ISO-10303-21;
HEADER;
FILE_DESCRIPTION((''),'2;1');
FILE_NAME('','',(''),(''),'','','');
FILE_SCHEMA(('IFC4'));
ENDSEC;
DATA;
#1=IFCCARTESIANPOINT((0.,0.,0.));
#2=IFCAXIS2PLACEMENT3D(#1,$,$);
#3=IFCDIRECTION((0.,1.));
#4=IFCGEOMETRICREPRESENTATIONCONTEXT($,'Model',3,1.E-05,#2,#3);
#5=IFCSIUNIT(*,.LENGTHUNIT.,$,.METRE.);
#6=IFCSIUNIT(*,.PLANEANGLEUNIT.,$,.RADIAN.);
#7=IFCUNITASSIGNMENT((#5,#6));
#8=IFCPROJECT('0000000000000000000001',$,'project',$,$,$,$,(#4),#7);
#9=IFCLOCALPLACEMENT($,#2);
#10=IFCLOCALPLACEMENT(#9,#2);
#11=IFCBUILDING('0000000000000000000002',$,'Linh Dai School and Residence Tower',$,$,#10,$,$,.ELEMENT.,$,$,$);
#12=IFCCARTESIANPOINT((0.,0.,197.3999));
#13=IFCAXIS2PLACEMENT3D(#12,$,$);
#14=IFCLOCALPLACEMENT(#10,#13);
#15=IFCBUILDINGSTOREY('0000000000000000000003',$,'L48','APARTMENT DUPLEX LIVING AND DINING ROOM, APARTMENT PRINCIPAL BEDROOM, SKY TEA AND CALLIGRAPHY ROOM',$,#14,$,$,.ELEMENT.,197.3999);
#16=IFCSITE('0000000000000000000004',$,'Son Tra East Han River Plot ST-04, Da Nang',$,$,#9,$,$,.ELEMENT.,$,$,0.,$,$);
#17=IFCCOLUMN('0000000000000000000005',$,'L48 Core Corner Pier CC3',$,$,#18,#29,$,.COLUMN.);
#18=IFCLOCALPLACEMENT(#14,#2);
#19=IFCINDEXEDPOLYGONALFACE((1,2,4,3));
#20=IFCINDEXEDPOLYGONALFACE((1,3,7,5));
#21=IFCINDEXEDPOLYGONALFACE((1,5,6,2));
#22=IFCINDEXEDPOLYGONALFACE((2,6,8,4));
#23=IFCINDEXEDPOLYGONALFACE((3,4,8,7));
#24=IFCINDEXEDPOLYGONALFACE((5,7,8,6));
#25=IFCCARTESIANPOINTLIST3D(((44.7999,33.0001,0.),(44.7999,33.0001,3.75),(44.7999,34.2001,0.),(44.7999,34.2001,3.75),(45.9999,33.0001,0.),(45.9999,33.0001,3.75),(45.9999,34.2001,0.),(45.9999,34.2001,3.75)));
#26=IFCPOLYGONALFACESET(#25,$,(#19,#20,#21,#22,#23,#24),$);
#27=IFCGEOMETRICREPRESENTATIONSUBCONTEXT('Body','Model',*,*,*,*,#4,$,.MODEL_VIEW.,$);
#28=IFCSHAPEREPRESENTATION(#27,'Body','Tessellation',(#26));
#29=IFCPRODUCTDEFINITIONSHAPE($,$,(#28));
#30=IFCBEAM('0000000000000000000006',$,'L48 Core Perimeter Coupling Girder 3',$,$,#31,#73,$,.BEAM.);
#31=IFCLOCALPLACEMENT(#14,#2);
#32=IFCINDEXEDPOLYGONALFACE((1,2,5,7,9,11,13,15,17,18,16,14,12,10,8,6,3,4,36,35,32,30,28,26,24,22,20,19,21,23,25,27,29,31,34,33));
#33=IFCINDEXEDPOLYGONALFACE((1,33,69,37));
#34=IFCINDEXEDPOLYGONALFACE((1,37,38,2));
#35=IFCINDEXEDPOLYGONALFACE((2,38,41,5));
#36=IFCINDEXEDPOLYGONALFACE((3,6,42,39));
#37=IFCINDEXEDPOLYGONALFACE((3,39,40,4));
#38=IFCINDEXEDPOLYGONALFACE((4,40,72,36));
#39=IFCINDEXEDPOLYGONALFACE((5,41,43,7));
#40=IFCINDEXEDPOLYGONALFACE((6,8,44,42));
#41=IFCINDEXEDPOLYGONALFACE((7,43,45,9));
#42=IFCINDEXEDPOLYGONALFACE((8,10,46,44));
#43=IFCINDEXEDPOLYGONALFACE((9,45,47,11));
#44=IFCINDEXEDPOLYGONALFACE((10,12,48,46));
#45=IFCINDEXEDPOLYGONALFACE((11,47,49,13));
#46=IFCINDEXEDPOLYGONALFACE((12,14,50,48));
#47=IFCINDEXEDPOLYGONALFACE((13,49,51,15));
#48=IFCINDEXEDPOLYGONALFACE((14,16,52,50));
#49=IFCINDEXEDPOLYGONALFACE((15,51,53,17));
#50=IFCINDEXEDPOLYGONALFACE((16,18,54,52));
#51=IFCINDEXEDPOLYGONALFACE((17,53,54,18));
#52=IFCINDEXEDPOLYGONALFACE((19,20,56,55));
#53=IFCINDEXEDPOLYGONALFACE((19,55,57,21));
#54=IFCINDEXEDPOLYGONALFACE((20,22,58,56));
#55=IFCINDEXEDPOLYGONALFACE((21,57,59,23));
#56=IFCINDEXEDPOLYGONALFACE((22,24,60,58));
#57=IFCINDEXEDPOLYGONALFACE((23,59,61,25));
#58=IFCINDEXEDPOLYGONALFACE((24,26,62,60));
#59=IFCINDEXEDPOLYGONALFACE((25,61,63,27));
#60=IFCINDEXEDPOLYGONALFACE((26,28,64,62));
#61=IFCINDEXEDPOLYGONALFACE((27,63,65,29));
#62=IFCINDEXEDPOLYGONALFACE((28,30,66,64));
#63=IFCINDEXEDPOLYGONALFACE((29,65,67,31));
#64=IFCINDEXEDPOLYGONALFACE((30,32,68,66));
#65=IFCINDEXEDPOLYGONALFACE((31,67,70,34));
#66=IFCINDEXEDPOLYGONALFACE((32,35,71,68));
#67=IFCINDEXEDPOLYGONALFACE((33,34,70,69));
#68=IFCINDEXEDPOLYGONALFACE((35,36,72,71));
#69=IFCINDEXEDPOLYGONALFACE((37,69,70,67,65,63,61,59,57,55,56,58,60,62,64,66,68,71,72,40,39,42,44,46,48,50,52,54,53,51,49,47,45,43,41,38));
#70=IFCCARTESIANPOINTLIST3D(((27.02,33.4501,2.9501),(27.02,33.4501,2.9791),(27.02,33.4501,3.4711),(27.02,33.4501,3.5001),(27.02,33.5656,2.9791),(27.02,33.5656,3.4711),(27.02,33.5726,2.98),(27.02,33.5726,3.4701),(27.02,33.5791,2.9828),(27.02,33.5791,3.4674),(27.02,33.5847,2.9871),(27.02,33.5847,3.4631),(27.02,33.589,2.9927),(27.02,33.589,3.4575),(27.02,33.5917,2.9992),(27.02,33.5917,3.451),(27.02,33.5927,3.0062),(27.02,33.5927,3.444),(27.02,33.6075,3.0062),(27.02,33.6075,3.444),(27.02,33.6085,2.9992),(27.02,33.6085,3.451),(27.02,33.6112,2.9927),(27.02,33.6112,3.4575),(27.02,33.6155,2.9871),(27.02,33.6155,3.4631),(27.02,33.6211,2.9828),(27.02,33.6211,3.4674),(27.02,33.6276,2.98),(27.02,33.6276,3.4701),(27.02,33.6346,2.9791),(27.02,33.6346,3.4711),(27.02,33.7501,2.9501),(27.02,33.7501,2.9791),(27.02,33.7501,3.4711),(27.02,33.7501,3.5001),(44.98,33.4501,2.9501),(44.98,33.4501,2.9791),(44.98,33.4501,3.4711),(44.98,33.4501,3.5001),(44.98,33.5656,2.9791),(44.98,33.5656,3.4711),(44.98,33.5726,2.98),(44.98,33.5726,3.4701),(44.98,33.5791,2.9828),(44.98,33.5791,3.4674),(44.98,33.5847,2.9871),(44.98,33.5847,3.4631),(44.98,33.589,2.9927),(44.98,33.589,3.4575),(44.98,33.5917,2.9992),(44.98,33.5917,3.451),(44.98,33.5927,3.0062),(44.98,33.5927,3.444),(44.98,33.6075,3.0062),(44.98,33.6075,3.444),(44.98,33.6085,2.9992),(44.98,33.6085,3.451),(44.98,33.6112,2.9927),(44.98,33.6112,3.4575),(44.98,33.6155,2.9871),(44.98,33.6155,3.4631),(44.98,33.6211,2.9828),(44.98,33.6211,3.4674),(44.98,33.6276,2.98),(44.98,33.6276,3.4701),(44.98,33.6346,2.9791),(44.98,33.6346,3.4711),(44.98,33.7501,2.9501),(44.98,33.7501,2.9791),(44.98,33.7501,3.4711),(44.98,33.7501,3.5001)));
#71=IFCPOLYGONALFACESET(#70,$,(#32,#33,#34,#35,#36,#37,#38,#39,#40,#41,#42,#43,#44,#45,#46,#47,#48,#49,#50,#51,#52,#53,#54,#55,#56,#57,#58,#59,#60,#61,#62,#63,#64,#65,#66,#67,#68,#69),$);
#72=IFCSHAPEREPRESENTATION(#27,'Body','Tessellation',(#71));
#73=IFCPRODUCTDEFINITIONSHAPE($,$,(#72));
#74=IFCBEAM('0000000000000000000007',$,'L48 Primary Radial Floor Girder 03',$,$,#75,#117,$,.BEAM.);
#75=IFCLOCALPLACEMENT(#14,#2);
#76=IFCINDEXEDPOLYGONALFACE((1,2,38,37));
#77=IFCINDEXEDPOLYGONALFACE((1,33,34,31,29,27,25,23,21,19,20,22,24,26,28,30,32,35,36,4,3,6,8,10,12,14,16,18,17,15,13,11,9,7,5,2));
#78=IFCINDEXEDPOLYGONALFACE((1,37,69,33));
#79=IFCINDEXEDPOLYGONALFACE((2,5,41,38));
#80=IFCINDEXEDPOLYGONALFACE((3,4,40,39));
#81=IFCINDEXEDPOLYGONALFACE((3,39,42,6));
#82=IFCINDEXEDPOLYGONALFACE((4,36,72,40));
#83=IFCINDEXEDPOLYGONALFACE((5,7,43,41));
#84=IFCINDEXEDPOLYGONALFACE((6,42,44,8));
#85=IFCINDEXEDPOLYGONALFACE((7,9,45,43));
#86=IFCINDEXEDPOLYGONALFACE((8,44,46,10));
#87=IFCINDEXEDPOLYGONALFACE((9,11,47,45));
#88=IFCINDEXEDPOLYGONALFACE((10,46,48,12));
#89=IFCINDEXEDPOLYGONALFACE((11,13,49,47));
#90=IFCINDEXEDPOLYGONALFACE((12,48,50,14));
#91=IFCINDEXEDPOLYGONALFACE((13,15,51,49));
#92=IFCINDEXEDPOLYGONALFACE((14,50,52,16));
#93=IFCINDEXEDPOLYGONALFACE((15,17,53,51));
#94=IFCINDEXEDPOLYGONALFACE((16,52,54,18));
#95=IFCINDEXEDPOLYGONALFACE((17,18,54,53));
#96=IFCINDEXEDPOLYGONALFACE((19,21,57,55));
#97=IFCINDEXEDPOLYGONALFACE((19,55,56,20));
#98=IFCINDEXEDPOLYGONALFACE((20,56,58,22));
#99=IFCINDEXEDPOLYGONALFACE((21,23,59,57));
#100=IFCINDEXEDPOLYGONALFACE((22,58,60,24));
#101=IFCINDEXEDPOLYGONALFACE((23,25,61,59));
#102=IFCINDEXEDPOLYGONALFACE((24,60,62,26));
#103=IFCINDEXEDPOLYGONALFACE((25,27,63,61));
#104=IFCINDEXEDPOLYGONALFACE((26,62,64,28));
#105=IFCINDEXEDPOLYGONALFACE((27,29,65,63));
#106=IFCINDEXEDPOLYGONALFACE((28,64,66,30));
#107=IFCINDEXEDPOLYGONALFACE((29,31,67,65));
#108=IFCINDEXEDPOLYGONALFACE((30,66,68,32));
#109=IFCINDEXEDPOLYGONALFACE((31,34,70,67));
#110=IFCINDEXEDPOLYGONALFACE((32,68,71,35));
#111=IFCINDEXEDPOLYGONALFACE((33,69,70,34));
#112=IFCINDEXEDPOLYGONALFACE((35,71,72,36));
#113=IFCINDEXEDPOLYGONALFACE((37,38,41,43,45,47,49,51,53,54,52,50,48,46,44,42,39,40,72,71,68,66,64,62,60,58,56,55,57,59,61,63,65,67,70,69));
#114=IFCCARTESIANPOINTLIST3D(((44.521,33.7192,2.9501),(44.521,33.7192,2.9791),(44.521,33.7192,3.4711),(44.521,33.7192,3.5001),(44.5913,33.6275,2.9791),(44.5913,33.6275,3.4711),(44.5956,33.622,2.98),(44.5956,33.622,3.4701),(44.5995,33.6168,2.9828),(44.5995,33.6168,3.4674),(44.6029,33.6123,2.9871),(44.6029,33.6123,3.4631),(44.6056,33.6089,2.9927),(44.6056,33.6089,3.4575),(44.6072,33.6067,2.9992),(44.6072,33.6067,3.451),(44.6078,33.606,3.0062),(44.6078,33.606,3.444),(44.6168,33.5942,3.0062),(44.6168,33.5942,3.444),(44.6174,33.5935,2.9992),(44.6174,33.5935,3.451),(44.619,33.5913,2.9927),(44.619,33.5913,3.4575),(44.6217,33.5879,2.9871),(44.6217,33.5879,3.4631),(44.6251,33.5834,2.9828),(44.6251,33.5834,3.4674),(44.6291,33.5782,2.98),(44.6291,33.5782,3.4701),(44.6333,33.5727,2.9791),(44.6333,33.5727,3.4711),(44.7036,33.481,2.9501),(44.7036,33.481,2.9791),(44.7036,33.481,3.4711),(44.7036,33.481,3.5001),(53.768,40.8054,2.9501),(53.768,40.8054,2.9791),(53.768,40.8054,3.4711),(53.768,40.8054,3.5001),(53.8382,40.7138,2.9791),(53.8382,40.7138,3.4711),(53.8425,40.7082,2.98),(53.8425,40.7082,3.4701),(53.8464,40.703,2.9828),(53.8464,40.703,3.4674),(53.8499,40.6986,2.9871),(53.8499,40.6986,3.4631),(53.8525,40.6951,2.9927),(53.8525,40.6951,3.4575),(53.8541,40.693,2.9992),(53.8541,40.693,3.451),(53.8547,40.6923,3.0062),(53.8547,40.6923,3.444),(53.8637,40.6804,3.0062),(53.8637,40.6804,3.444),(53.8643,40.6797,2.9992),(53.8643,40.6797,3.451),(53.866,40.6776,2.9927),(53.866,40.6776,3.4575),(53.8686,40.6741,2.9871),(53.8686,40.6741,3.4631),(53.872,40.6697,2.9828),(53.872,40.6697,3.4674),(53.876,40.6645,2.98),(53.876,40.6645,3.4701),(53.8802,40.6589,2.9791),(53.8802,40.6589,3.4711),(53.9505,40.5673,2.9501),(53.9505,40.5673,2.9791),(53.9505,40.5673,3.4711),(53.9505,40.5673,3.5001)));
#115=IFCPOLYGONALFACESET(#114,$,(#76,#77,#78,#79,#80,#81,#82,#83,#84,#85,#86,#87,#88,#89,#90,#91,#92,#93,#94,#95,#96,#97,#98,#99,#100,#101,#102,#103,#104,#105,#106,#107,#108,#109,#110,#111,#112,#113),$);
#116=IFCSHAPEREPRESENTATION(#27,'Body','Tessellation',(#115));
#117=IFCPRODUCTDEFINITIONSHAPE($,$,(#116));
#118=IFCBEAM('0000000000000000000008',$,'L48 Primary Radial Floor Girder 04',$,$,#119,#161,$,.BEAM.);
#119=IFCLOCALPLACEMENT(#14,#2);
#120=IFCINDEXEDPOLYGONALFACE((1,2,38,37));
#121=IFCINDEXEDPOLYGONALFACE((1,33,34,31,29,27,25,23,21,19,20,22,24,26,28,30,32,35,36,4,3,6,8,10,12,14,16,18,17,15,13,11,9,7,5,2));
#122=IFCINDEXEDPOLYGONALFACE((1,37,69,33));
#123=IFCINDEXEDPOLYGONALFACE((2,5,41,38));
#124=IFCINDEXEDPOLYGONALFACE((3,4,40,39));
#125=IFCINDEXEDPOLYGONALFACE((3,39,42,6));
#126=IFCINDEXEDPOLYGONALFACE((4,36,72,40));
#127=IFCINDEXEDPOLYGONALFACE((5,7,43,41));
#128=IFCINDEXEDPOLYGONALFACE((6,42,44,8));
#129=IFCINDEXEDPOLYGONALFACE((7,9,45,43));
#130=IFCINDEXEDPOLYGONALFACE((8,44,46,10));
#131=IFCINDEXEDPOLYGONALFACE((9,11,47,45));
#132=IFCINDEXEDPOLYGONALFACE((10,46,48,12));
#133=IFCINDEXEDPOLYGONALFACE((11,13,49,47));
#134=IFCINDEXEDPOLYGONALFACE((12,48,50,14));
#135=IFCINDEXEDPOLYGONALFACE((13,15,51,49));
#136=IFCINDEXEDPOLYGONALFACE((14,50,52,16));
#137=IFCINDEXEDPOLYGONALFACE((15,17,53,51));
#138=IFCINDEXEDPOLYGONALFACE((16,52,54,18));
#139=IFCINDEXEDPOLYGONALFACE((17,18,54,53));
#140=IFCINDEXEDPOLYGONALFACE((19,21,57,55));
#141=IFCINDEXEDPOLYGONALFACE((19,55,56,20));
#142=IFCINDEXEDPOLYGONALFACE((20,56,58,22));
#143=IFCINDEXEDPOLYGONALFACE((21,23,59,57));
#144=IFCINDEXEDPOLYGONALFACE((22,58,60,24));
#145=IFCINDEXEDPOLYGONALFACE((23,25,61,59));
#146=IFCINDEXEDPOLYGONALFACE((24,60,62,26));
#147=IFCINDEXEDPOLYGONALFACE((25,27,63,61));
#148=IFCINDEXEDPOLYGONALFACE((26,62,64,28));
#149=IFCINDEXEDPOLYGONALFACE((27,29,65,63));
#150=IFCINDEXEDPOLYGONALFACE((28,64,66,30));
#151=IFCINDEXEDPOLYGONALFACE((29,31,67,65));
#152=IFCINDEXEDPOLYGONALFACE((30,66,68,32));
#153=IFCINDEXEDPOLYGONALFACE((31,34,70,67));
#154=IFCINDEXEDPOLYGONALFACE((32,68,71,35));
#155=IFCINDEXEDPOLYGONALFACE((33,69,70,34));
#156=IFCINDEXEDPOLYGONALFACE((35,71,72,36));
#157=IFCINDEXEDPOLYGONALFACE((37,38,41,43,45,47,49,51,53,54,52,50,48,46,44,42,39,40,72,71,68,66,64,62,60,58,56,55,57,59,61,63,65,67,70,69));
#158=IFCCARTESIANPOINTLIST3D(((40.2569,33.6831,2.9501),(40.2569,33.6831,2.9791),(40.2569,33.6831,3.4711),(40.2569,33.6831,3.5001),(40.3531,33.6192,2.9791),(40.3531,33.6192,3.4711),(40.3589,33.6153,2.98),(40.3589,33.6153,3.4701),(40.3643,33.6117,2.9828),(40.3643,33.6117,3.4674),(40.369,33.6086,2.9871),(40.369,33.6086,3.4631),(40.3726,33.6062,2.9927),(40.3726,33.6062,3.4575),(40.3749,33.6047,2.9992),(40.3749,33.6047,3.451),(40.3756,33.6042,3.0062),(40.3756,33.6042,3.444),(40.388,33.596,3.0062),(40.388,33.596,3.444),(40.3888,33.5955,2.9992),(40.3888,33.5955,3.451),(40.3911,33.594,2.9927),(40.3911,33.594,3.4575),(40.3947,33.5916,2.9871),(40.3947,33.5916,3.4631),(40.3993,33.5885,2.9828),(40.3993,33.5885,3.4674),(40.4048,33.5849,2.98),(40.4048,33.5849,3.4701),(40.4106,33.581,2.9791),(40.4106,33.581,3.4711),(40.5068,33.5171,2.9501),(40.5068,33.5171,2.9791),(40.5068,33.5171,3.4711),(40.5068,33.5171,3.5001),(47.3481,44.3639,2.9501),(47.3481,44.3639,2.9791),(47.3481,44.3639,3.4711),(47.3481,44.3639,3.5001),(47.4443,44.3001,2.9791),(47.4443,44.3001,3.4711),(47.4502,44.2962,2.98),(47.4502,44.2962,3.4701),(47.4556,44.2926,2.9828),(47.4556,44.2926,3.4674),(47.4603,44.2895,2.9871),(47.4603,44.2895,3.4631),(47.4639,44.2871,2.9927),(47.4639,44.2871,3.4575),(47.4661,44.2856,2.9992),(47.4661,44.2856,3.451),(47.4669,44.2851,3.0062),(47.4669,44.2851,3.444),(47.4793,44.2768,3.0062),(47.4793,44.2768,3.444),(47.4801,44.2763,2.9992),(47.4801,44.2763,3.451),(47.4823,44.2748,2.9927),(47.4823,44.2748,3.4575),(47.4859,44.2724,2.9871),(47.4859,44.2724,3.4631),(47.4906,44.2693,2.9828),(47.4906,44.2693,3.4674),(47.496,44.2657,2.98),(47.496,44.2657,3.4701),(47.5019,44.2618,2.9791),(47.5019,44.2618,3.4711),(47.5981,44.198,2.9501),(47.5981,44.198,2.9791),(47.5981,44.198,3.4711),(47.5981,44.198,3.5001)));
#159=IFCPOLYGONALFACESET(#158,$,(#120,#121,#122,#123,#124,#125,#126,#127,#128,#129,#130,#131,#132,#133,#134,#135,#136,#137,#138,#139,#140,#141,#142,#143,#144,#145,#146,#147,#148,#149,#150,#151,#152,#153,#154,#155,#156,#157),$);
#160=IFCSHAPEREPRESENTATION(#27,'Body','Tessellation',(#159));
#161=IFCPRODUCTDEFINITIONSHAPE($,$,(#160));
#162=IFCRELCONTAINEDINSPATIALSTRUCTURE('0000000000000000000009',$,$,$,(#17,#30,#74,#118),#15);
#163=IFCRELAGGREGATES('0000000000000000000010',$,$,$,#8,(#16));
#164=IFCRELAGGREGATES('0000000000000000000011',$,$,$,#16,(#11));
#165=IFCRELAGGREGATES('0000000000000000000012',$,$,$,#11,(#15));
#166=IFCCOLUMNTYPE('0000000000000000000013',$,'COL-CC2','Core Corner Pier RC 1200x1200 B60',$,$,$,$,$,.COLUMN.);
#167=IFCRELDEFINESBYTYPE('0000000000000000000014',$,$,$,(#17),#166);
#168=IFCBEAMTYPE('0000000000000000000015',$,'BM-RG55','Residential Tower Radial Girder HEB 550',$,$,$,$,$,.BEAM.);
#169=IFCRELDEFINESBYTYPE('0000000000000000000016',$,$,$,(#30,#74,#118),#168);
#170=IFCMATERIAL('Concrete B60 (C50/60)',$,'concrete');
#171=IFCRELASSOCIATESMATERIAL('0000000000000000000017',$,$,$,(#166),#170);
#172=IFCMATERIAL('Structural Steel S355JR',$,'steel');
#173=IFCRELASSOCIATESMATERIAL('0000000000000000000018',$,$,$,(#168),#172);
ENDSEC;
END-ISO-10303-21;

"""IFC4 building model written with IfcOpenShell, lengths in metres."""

from ifc_helpers import new_model, si_unit, direction, frame, origin, origin_2d, place, context, subcontext, project, spatial, rectangle, i_section, extrude, material, material_profile, profile_set, type_object, element, save


model = new_model("IFC4")

# Units and contexts
model_context = context("Model", 3, precision=1e-05, world=origin(), true_north=direction((0.0, 1.0)))
body_context = subcontext(model_context, "Body", "Model", "MODEL_VIEW")
ifc_project = project(units=[si_unit("LENGTHUNIT", "METRE"), si_unit("PLANEANGLEUNIT", "RADIAN")], contexts=[model_context])

# Site, building, storey
site_placement = place(None, origin())
site = spatial("IfcSite", under=ifc_project, at=site_placement, Name="Son Tra East Han River Plot ST-04, Da Nang", CompositionType="ELEMENT", RefElevation=0.0)
building_placement = place(site_placement, origin())
building = spatial("IfcBuilding", under=site, at=building_placement, Name="Linh Dai School and Residence Tower", CompositionType="ELEMENT")
storey_placement = place(building_placement, frame((0.0, 0.0, 197.3999)))
storey = spatial("IfcBuildingStorey", under=building, at=storey_placement, Name="L48", Description="APARTMENT DUPLEX LIVING AND DINING ROOM, APARTMENT PRINCIPAL BEDROOM, SKY TEA AND CALLIGRAPHY ROOM", CompositionType="ELEMENT", Elevation=197.3999)

# Column
ifc_material_1 = material(Name="Concrete B60 (C50/60)", Category="concrete")
ifc_material_profile_1 = material_profile(ifc_material_1, rectangle(XDim=1.2, YDim=1.2, at=origin_2d()), Name="RC 1200x1200")
ifc_profile_set_1 = profile_set([ifc_material_profile_1], Name="Concrete B60 (C50/60)")
column_type = type_object("IfcColumnType", Name="COL-CC2", Description="Core Corner Pier RC 1200x1200 B60", PredefinedType="COLUMN", material=ifc_profile_set_1)
column_placement = place(storey_placement, frame((45.3999, 33.6001, 0.0), z_axis=(0.0, 0.0, 1.0), x_axis=(1.0, 0.0, 0.0)))
element("IfcColumn", 1, at=column_placement, inside=storey, type_object=column_type, Name="L48 Core Corner Pier CC3", PredefinedType="COLUMN", context=body_context, shape_type="SweptSolid", body=[
    extrude(rectangle(XDim=1.2, YDim=1.2, at=origin_2d()), origin(), (0.0, 0.0, 1.0), 3.75),
])

# Beams
ifc_material_2 = material(Name="Structural Steel S355JR", Category="steel")
ifc_material_profile_2 = material_profile(ifc_material_2, i_section(OverallWidth=0.3, OverallDepth=0.55, WebThickness=0.0149, FlangeThickness=0.0291, FilletRadius=0.0271, at=origin_2d()), Name="HEB 550")
ifc_profile_set_2 = profile_set([ifc_material_profile_2], Name="Structural Steel S355JR")
beam_type = type_object("IfcBeamType", Name="BM-RG55", Description="Residential Tower Radial Girder HEB 550", PredefinedType="BEAM", material=ifc_profile_set_2)
beam_1_placement = place(storey_placement, frame((44.98, 33.6001, 3.2251), z_axis=(-1.0, 0.0, 0.0), x_axis=(0.0, -1.0, 0.0)))
element("IfcBeam", 2, at=beam_1_placement, inside=storey, type_object=beam_type, Name="L48 Core Perimeter Coupling Girder 3", PredefinedType="BEAM", context=body_context, shape_type="SweptSolid", body=[
    extrude(i_section(OverallWidth=0.3, OverallDepth=0.55, WebThickness=0.0149, FlangeThickness=0.0291, FilletRadius=0.0271, at=origin_2d()), origin(), (0.0, 0.0, 1.0), 17.96),
])
beam_2_placement = place(storey_placement, frame((44.6123, 33.6001, 3.2251), z_axis=(0.793733, 0.608267, 0.0), x_axis=(-0.608267, 0.793733, 0.0)))
element("IfcBeam", 3, at=beam_2_placement, inside=storey, type_object=beam_type, Name="L48 Primary Radial Floor Girder 03", PredefinedType="BEAM", context=body_context, shape_type="SweptSolid", body=[
    extrude(i_section(OverallWidth=0.3, OverallDepth=0.55, WebThickness=0.0149, FlangeThickness=0.0291, FilletRadius=0.0271, at=origin_2d()), origin(), (0.0, 0.0, 1.0), 11.6499),
])
beam_3_placement = place(storey_placement, frame((40.3818, 33.6001, 3.2251), z_axis=(0.553117, 0.833103, 0.0), x_axis=(-0.833103, 0.553117, 0.0)))
element("IfcBeam", 4, at=beam_3_placement, inside=storey, type_object=beam_type, Name="L48 Primary Radial Floor Girder 04", PredefinedType="BEAM", context=body_context, shape_type="SweptSolid", body=[
    extrude(i_section(OverallWidth=0.3, OverallDepth=0.55, WebThickness=0.0149, FlangeThickness=0.0291, FilletRadius=0.0271, at=origin_2d()), origin(), (0.0, 0.0, 1.0), 12.8206),
])

save(model, "model.ifc")
